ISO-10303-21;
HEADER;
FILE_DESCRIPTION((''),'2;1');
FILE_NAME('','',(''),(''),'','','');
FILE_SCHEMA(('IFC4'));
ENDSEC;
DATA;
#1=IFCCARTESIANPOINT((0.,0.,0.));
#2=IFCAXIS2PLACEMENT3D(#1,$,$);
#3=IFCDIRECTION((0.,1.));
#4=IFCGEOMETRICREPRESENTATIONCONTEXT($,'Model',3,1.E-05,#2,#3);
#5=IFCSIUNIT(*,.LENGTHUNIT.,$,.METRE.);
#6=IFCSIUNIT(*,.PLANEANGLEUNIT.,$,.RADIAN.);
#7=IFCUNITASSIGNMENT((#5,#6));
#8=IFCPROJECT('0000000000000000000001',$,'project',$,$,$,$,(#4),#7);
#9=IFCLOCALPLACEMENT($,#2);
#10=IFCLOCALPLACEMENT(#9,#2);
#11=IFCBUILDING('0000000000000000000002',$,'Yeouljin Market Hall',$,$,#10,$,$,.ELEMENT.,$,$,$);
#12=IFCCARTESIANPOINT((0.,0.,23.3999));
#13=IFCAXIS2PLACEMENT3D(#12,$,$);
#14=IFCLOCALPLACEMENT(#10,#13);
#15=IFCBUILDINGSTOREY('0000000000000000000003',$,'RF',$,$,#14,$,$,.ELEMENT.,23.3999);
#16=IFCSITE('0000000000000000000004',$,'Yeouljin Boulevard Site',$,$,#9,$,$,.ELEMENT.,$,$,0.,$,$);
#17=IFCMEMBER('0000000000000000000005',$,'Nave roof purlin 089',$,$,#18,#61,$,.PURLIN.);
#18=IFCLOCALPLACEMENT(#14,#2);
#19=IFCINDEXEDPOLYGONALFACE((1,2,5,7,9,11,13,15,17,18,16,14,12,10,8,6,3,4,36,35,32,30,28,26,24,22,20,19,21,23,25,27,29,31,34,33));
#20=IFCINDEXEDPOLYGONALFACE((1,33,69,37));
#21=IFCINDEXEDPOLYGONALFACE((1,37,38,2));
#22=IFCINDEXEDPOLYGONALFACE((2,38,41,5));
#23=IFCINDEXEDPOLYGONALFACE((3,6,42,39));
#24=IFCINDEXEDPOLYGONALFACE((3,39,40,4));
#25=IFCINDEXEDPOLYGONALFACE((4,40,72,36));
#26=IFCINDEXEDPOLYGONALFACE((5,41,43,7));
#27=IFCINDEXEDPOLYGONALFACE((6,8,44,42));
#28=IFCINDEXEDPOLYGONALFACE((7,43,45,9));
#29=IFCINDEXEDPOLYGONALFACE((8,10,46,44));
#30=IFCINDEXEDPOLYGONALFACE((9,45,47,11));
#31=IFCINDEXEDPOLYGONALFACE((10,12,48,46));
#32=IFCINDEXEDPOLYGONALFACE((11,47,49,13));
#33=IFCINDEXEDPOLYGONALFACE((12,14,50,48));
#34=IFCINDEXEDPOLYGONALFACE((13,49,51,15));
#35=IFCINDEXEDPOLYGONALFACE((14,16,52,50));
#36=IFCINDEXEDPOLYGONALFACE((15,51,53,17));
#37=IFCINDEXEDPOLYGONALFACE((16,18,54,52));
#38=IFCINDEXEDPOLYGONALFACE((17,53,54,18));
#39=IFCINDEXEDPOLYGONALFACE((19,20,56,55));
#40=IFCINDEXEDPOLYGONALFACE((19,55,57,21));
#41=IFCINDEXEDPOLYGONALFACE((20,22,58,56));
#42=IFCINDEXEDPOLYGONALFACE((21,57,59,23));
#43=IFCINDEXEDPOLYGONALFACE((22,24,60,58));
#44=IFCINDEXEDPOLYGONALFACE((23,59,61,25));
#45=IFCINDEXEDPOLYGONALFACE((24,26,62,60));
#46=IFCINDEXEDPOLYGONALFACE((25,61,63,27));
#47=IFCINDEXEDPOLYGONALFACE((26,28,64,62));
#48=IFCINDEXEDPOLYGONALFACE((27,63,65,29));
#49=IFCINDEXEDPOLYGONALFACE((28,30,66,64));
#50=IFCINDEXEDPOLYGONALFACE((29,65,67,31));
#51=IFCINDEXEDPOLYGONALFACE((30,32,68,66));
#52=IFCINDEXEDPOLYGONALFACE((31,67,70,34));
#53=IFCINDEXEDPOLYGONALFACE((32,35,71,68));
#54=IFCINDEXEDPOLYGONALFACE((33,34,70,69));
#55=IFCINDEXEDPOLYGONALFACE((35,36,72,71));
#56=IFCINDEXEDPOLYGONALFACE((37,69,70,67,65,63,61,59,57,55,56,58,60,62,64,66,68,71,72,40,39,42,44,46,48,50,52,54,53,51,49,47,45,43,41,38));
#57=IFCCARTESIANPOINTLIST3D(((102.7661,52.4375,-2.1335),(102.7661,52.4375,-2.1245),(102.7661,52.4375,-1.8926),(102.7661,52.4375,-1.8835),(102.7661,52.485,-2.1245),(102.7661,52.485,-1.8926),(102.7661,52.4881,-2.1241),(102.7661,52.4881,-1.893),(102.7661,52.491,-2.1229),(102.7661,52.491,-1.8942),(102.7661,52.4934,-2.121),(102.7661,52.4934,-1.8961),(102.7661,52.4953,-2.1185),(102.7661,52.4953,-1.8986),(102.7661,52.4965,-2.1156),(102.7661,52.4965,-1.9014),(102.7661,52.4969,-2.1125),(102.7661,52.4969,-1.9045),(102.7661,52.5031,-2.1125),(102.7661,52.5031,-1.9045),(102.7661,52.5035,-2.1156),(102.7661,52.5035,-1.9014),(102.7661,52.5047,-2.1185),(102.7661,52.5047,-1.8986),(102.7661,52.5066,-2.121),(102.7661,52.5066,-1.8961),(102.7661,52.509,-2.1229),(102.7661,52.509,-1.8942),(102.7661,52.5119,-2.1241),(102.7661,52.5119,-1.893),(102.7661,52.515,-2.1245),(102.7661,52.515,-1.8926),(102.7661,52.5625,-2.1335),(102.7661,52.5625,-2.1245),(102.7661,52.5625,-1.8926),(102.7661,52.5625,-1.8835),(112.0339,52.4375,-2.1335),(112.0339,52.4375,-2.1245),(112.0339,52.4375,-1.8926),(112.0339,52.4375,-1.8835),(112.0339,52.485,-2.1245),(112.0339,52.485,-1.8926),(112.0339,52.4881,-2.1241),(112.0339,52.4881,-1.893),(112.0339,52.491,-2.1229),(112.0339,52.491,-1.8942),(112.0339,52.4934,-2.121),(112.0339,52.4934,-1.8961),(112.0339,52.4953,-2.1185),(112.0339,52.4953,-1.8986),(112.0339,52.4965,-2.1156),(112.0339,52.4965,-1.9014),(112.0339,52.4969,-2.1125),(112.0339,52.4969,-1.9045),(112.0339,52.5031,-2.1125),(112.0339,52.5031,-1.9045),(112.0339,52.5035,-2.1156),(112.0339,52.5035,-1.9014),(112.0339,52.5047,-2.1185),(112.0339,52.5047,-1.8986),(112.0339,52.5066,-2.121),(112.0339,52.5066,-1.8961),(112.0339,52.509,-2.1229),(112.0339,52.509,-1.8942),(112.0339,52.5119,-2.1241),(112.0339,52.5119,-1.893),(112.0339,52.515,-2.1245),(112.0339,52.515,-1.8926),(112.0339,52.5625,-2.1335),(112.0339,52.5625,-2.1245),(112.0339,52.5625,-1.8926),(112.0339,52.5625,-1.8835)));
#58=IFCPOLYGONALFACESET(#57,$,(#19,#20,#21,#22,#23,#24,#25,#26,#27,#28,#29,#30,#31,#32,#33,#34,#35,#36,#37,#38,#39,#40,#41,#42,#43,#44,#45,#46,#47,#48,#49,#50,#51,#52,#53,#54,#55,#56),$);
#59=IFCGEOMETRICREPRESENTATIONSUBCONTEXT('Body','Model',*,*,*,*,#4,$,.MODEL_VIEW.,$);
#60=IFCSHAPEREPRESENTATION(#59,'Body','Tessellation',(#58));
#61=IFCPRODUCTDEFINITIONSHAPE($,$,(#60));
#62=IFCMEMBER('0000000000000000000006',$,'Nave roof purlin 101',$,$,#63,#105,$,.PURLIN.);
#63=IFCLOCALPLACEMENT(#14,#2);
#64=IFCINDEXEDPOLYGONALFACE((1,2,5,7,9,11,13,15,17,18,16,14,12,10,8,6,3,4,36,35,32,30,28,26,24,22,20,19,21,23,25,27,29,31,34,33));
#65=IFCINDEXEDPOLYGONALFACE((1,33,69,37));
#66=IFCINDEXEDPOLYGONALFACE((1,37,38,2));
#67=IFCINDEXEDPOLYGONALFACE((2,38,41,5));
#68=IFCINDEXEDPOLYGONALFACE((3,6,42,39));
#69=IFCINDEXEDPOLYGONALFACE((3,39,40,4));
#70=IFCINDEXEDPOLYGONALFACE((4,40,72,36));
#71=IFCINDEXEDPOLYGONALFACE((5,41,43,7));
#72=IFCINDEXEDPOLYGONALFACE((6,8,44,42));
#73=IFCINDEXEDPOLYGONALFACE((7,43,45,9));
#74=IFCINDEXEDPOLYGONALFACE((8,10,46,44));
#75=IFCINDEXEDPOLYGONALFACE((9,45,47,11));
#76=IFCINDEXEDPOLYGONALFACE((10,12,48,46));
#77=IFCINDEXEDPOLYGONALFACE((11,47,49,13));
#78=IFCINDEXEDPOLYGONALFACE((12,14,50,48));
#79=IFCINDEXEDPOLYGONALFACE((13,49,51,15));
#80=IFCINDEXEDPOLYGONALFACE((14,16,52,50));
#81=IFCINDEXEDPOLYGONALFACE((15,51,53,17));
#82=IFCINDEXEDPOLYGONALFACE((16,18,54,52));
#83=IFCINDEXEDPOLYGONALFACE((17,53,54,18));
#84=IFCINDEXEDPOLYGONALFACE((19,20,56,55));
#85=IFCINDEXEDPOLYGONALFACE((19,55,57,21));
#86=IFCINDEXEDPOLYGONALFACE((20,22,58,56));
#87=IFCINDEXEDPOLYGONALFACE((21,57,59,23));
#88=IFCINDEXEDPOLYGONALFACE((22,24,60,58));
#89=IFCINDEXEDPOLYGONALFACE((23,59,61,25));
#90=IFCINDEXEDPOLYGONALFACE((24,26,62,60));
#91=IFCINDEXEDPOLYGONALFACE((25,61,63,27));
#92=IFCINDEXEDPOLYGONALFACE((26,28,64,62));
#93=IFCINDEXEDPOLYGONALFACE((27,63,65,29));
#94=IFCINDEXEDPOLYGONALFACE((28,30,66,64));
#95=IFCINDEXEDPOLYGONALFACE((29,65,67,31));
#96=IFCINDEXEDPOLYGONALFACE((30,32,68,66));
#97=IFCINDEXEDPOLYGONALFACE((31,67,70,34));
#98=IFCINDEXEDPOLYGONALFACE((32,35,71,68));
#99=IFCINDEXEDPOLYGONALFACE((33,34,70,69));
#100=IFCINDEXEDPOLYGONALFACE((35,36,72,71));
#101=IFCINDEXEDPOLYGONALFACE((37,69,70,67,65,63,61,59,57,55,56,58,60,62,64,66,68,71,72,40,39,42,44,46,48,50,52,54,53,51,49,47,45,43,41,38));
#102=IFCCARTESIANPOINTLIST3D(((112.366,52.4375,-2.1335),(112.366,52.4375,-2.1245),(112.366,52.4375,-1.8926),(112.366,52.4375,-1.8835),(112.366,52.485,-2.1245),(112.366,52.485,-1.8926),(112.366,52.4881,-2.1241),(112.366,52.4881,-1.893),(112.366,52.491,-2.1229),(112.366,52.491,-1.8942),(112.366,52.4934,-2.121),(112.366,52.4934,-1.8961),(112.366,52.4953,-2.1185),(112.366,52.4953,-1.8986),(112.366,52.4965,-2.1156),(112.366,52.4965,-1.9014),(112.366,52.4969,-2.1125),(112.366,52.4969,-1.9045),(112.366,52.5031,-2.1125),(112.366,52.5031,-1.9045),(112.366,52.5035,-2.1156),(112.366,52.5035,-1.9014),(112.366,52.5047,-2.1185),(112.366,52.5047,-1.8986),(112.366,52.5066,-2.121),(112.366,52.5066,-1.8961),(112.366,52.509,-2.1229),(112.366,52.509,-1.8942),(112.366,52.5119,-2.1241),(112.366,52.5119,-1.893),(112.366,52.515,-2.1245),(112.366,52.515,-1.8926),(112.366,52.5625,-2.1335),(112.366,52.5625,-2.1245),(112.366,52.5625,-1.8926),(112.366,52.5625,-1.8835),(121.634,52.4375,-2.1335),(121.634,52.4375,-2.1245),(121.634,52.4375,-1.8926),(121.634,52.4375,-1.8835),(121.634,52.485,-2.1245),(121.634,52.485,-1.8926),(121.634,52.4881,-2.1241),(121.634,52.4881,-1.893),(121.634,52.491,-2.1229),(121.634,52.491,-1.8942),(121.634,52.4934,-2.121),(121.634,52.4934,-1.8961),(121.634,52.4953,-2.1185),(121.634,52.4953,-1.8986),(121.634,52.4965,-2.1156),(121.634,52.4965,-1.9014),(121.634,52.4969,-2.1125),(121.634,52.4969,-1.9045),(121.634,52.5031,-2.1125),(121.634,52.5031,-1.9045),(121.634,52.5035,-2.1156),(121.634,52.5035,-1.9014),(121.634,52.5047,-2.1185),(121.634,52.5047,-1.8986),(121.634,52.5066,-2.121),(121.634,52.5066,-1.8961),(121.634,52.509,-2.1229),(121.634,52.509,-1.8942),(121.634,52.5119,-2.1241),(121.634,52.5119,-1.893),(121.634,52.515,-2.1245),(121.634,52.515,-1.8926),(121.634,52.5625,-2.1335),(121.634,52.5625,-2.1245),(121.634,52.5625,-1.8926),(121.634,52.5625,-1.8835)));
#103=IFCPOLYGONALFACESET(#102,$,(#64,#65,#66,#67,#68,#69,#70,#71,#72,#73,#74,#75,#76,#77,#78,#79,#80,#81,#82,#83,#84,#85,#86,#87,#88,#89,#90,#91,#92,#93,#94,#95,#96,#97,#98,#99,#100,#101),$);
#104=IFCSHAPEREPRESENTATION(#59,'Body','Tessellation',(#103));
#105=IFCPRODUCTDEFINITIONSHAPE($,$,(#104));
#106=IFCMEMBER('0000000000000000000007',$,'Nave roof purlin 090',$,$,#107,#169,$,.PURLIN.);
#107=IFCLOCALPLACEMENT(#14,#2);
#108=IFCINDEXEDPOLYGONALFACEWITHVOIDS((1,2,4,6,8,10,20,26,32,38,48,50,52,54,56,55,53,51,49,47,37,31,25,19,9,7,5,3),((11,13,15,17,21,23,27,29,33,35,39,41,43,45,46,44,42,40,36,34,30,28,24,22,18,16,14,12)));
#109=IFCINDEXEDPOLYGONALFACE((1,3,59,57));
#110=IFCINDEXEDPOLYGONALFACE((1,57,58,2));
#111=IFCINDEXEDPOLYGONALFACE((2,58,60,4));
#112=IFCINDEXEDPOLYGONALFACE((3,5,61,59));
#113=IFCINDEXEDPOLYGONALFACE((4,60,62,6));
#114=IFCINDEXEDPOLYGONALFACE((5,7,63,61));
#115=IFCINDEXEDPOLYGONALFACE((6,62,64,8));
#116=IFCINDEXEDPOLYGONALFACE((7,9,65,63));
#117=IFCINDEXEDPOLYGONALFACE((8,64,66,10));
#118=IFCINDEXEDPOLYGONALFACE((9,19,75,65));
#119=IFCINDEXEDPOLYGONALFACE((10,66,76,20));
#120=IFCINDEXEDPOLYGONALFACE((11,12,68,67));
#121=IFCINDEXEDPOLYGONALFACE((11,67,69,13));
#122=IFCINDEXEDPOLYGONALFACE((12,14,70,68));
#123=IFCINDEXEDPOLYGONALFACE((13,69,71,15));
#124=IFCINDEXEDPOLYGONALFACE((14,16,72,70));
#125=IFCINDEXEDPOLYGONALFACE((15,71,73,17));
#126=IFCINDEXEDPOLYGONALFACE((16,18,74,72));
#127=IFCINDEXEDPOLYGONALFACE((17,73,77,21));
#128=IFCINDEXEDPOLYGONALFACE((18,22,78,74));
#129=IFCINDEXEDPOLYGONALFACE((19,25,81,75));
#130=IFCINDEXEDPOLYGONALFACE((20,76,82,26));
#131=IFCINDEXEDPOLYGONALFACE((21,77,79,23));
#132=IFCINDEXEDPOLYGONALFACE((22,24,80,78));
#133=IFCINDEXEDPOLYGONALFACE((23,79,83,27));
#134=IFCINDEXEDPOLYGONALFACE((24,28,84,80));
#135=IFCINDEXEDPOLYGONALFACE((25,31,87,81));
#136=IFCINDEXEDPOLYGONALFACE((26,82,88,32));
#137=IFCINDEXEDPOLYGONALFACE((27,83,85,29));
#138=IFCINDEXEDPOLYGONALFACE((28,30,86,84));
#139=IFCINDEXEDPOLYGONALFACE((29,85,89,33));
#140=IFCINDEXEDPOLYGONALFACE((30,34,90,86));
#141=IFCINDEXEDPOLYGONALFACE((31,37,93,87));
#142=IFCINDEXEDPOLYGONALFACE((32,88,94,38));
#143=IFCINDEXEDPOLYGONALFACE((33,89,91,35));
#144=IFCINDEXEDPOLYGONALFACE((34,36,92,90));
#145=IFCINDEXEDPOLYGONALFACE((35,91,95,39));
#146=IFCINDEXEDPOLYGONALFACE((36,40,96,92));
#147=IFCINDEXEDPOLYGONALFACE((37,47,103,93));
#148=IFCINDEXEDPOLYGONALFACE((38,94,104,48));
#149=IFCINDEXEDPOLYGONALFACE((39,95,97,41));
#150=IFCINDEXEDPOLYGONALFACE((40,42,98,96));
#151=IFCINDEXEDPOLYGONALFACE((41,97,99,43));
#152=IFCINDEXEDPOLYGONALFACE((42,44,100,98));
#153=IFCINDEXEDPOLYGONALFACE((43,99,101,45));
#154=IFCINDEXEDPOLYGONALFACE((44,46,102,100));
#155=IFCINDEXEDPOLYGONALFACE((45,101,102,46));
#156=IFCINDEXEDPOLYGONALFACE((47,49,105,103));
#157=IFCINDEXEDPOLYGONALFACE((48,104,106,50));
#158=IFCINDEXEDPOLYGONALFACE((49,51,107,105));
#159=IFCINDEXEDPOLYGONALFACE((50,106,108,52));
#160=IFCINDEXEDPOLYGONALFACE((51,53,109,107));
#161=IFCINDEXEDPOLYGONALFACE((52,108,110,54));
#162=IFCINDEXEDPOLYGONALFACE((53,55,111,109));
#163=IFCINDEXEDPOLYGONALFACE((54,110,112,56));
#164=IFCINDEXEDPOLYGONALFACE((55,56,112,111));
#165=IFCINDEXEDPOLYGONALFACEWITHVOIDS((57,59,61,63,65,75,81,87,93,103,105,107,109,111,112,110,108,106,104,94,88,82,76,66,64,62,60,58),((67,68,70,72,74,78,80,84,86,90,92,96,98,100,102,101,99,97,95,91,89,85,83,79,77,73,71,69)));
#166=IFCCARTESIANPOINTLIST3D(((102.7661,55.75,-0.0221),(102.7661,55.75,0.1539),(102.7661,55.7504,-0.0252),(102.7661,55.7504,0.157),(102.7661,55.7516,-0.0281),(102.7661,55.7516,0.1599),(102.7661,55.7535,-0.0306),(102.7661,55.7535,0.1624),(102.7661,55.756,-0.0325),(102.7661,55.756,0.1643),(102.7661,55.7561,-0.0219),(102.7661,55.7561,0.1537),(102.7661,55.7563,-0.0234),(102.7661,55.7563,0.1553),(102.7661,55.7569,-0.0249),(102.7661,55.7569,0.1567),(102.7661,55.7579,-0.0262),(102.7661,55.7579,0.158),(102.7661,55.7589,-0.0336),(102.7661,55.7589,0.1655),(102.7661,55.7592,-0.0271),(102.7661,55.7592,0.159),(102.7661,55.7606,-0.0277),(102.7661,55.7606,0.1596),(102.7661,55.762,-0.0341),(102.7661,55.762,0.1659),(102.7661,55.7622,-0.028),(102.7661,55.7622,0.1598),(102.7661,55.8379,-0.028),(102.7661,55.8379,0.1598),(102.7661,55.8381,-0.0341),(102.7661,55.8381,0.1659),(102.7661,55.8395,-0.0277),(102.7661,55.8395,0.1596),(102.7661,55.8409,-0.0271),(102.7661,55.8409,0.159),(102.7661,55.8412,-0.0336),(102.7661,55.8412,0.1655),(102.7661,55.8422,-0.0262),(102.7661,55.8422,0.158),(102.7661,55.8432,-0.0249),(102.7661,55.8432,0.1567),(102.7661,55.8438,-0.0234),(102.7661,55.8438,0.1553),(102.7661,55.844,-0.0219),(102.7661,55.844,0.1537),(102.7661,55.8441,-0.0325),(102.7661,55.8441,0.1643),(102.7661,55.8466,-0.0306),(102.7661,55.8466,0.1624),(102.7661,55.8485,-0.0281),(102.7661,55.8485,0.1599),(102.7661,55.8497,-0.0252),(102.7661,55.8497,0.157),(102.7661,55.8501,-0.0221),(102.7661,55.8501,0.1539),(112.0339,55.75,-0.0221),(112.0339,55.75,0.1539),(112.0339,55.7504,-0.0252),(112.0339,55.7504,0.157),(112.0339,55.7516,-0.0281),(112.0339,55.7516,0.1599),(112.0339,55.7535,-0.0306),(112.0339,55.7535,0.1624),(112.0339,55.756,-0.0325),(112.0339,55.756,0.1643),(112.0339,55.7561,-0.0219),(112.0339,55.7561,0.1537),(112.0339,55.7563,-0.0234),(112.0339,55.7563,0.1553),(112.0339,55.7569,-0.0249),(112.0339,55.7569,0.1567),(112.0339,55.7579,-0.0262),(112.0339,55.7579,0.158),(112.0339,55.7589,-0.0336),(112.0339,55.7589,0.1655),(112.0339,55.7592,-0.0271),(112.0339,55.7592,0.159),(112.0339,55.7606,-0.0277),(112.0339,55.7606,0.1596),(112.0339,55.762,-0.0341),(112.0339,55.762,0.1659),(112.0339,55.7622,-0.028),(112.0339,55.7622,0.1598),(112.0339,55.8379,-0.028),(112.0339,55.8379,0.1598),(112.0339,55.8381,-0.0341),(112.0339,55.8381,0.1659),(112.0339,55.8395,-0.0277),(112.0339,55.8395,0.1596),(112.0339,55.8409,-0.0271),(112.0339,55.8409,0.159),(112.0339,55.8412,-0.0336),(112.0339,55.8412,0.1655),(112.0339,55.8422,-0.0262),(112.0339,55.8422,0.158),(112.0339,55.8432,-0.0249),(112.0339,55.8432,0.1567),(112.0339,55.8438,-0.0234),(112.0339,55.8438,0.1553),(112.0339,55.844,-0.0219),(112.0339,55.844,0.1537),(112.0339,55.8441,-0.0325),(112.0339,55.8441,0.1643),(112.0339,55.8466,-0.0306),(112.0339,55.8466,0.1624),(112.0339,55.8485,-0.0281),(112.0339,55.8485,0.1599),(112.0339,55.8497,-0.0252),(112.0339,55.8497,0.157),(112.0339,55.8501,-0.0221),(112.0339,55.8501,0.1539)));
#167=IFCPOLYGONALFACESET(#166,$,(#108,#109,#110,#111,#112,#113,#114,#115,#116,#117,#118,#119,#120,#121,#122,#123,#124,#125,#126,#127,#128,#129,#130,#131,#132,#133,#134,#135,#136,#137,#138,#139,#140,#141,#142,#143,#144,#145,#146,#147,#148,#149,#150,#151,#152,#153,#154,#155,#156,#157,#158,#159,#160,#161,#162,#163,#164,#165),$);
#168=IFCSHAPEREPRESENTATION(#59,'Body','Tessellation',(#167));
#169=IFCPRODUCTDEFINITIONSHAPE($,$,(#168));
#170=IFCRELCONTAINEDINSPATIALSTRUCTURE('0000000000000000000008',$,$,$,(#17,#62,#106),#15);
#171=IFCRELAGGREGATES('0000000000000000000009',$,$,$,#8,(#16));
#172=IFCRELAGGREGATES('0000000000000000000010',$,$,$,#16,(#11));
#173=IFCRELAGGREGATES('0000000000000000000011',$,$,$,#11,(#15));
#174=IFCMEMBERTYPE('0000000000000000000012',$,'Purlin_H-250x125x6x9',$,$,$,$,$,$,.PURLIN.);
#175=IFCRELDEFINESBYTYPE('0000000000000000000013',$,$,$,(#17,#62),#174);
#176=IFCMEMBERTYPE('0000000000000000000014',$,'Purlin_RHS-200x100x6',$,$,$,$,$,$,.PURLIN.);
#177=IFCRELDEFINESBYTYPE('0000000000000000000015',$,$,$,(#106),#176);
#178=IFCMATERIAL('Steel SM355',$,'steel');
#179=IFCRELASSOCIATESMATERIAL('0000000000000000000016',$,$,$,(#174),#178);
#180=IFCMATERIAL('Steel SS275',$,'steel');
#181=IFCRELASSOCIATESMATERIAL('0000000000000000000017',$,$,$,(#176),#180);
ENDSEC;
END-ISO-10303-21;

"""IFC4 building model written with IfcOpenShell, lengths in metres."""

from ifc_helpers import new_model, si_unit, direction, frame, origin, origin_2d, place, context, subcontext, project, spatial, hollow_rectangle, i_section, extrude, material, material_profile, profile_set, type_object, element, save


model = new_model("IFC4")

# Units and contexts
model_context = context("Model", 3, precision=1e-05, world=origin(), true_north=direction((0.0, 1.0)))
body_context = subcontext(model_context, "Body", "Model", "MODEL_VIEW")
ifc_project = project(units=[si_unit("LENGTHUNIT", "METRE"), si_unit("PLANEANGLEUNIT", "RADIAN")], contexts=[model_context])

# Site, building, storey
site_placement = place(None, origin())
site = spatial("IfcSite", under=ifc_project, at=site_placement, Name="Yeouljin Boulevard Site", CompositionType="ELEMENT", RefElevation=0.0)
building_placement = place(site_placement, origin())
building = spatial("IfcBuilding", under=site, at=building_placement, Name="Yeouljin Market Hall", CompositionType="ELEMENT")
storey_placement = place(building_placement, frame((0.0, 0.0, 23.3999)))
storey = spatial("IfcBuildingStorey", under=building, at=storey_placement, Name="RF", CompositionType="ELEMENT", Elevation=23.3999)

# Members
ifc_material_1 = material(Name="Steel SM355", Category="steel")
ifc_material_profile_1 = material_profile(ifc_material_1, i_section(OverallWidth=0.125, OverallDepth=0.25, WebThickness=0.0061, FlangeThickness=0.009, FilletRadius=0.012, at=origin_2d()), Name="H-250x125x6x9")
ifc_profile_set_1 = profile_set([ifc_material_profile_1], Name="Steel SM355")
member_type_1 = type_object("IfcMemberType", Name="Purlin_H-250x125x6x9", PredefinedType="PURLIN", material=ifc_profile_set_1)
member_1_placement = place(storey_placement, frame((102.7661, 52.5, -2.0085), z_axis=(1.0, 0.0, 0.0), x_axis=(0.0, 1.0, 0.0)))
element("IfcMember", 1, at=member_1_placement, inside=storey, type_object=member_type_1, Name="Nave roof purlin 089", PredefinedType="PURLIN", context=body_context, shape_type="SweptSolid", body=[
    extrude(i_section(OverallWidth=0.125, OverallDepth=0.25, WebThickness=0.0061, FlangeThickness=0.009, FilletRadius=0.012, at=origin_2d()), origin(), (0.0, 0.0, 1.0), 9.2678),
])
member_2_placement = place(storey_placement, frame((112.366, 52.5, -2.0085), z_axis=(1.0, 0.0, 0.0), x_axis=(0.0, 1.0, 0.0)))
element("IfcMember", 2, at=member_2_placement, inside=storey, type_object=member_type_1, Name="Nave roof purlin 101", PredefinedType="PURLIN", context=body_context, shape_type="SweptSolid", body=[
    extrude(i_section(OverallWidth=0.125, OverallDepth=0.25, WebThickness=0.0061, FlangeThickness=0.009, FilletRadius=0.012, at=origin_2d()), origin(), (0.0, 0.0, 1.0), 9.2681),
])
ifc_material_2 = material(Name="Steel SS275", Category="steel")
ifc_material_profile_2 = material_profile(ifc_material_2, hollow_rectangle(XDim=0.1001, YDim=0.2, WallThickness=0.0061, InnerFilletRadius=0.0061, OuterFilletRadius=0.012, at=origin_2d()), Name="RHS-200x100x6")
ifc_profile_set_2 = profile_set([ifc_material_profile_2], Name="Steel SS275")
member_type_2 = type_object("IfcMemberType", Name="Purlin_RHS-200x100x6", PredefinedType="PURLIN", material=ifc_profile_set_2)
member_3_placement = place(storey_placement, frame((102.7661, 55.8, 0.0659), z_axis=(1.0, 0.0, 0.0), x_axis=(0.0, 1.0, 0.0)))
element("IfcMember", 3, at=member_3_placement, inside=storey, type_object=member_type_2, Name="Nave roof purlin 090", PredefinedType="PURLIN", context=body_context, shape_type="SweptSolid", body=[
    extrude(hollow_rectangle(XDim=0.1001, YDim=0.2, WallThickness=0.0061, InnerFilletRadius=0.0061, OuterFilletRadius=0.012, at=origin_2d()), origin(), (0.0, 0.0, 1.0), 9.2678),
])

save(model, "model.ifc")
